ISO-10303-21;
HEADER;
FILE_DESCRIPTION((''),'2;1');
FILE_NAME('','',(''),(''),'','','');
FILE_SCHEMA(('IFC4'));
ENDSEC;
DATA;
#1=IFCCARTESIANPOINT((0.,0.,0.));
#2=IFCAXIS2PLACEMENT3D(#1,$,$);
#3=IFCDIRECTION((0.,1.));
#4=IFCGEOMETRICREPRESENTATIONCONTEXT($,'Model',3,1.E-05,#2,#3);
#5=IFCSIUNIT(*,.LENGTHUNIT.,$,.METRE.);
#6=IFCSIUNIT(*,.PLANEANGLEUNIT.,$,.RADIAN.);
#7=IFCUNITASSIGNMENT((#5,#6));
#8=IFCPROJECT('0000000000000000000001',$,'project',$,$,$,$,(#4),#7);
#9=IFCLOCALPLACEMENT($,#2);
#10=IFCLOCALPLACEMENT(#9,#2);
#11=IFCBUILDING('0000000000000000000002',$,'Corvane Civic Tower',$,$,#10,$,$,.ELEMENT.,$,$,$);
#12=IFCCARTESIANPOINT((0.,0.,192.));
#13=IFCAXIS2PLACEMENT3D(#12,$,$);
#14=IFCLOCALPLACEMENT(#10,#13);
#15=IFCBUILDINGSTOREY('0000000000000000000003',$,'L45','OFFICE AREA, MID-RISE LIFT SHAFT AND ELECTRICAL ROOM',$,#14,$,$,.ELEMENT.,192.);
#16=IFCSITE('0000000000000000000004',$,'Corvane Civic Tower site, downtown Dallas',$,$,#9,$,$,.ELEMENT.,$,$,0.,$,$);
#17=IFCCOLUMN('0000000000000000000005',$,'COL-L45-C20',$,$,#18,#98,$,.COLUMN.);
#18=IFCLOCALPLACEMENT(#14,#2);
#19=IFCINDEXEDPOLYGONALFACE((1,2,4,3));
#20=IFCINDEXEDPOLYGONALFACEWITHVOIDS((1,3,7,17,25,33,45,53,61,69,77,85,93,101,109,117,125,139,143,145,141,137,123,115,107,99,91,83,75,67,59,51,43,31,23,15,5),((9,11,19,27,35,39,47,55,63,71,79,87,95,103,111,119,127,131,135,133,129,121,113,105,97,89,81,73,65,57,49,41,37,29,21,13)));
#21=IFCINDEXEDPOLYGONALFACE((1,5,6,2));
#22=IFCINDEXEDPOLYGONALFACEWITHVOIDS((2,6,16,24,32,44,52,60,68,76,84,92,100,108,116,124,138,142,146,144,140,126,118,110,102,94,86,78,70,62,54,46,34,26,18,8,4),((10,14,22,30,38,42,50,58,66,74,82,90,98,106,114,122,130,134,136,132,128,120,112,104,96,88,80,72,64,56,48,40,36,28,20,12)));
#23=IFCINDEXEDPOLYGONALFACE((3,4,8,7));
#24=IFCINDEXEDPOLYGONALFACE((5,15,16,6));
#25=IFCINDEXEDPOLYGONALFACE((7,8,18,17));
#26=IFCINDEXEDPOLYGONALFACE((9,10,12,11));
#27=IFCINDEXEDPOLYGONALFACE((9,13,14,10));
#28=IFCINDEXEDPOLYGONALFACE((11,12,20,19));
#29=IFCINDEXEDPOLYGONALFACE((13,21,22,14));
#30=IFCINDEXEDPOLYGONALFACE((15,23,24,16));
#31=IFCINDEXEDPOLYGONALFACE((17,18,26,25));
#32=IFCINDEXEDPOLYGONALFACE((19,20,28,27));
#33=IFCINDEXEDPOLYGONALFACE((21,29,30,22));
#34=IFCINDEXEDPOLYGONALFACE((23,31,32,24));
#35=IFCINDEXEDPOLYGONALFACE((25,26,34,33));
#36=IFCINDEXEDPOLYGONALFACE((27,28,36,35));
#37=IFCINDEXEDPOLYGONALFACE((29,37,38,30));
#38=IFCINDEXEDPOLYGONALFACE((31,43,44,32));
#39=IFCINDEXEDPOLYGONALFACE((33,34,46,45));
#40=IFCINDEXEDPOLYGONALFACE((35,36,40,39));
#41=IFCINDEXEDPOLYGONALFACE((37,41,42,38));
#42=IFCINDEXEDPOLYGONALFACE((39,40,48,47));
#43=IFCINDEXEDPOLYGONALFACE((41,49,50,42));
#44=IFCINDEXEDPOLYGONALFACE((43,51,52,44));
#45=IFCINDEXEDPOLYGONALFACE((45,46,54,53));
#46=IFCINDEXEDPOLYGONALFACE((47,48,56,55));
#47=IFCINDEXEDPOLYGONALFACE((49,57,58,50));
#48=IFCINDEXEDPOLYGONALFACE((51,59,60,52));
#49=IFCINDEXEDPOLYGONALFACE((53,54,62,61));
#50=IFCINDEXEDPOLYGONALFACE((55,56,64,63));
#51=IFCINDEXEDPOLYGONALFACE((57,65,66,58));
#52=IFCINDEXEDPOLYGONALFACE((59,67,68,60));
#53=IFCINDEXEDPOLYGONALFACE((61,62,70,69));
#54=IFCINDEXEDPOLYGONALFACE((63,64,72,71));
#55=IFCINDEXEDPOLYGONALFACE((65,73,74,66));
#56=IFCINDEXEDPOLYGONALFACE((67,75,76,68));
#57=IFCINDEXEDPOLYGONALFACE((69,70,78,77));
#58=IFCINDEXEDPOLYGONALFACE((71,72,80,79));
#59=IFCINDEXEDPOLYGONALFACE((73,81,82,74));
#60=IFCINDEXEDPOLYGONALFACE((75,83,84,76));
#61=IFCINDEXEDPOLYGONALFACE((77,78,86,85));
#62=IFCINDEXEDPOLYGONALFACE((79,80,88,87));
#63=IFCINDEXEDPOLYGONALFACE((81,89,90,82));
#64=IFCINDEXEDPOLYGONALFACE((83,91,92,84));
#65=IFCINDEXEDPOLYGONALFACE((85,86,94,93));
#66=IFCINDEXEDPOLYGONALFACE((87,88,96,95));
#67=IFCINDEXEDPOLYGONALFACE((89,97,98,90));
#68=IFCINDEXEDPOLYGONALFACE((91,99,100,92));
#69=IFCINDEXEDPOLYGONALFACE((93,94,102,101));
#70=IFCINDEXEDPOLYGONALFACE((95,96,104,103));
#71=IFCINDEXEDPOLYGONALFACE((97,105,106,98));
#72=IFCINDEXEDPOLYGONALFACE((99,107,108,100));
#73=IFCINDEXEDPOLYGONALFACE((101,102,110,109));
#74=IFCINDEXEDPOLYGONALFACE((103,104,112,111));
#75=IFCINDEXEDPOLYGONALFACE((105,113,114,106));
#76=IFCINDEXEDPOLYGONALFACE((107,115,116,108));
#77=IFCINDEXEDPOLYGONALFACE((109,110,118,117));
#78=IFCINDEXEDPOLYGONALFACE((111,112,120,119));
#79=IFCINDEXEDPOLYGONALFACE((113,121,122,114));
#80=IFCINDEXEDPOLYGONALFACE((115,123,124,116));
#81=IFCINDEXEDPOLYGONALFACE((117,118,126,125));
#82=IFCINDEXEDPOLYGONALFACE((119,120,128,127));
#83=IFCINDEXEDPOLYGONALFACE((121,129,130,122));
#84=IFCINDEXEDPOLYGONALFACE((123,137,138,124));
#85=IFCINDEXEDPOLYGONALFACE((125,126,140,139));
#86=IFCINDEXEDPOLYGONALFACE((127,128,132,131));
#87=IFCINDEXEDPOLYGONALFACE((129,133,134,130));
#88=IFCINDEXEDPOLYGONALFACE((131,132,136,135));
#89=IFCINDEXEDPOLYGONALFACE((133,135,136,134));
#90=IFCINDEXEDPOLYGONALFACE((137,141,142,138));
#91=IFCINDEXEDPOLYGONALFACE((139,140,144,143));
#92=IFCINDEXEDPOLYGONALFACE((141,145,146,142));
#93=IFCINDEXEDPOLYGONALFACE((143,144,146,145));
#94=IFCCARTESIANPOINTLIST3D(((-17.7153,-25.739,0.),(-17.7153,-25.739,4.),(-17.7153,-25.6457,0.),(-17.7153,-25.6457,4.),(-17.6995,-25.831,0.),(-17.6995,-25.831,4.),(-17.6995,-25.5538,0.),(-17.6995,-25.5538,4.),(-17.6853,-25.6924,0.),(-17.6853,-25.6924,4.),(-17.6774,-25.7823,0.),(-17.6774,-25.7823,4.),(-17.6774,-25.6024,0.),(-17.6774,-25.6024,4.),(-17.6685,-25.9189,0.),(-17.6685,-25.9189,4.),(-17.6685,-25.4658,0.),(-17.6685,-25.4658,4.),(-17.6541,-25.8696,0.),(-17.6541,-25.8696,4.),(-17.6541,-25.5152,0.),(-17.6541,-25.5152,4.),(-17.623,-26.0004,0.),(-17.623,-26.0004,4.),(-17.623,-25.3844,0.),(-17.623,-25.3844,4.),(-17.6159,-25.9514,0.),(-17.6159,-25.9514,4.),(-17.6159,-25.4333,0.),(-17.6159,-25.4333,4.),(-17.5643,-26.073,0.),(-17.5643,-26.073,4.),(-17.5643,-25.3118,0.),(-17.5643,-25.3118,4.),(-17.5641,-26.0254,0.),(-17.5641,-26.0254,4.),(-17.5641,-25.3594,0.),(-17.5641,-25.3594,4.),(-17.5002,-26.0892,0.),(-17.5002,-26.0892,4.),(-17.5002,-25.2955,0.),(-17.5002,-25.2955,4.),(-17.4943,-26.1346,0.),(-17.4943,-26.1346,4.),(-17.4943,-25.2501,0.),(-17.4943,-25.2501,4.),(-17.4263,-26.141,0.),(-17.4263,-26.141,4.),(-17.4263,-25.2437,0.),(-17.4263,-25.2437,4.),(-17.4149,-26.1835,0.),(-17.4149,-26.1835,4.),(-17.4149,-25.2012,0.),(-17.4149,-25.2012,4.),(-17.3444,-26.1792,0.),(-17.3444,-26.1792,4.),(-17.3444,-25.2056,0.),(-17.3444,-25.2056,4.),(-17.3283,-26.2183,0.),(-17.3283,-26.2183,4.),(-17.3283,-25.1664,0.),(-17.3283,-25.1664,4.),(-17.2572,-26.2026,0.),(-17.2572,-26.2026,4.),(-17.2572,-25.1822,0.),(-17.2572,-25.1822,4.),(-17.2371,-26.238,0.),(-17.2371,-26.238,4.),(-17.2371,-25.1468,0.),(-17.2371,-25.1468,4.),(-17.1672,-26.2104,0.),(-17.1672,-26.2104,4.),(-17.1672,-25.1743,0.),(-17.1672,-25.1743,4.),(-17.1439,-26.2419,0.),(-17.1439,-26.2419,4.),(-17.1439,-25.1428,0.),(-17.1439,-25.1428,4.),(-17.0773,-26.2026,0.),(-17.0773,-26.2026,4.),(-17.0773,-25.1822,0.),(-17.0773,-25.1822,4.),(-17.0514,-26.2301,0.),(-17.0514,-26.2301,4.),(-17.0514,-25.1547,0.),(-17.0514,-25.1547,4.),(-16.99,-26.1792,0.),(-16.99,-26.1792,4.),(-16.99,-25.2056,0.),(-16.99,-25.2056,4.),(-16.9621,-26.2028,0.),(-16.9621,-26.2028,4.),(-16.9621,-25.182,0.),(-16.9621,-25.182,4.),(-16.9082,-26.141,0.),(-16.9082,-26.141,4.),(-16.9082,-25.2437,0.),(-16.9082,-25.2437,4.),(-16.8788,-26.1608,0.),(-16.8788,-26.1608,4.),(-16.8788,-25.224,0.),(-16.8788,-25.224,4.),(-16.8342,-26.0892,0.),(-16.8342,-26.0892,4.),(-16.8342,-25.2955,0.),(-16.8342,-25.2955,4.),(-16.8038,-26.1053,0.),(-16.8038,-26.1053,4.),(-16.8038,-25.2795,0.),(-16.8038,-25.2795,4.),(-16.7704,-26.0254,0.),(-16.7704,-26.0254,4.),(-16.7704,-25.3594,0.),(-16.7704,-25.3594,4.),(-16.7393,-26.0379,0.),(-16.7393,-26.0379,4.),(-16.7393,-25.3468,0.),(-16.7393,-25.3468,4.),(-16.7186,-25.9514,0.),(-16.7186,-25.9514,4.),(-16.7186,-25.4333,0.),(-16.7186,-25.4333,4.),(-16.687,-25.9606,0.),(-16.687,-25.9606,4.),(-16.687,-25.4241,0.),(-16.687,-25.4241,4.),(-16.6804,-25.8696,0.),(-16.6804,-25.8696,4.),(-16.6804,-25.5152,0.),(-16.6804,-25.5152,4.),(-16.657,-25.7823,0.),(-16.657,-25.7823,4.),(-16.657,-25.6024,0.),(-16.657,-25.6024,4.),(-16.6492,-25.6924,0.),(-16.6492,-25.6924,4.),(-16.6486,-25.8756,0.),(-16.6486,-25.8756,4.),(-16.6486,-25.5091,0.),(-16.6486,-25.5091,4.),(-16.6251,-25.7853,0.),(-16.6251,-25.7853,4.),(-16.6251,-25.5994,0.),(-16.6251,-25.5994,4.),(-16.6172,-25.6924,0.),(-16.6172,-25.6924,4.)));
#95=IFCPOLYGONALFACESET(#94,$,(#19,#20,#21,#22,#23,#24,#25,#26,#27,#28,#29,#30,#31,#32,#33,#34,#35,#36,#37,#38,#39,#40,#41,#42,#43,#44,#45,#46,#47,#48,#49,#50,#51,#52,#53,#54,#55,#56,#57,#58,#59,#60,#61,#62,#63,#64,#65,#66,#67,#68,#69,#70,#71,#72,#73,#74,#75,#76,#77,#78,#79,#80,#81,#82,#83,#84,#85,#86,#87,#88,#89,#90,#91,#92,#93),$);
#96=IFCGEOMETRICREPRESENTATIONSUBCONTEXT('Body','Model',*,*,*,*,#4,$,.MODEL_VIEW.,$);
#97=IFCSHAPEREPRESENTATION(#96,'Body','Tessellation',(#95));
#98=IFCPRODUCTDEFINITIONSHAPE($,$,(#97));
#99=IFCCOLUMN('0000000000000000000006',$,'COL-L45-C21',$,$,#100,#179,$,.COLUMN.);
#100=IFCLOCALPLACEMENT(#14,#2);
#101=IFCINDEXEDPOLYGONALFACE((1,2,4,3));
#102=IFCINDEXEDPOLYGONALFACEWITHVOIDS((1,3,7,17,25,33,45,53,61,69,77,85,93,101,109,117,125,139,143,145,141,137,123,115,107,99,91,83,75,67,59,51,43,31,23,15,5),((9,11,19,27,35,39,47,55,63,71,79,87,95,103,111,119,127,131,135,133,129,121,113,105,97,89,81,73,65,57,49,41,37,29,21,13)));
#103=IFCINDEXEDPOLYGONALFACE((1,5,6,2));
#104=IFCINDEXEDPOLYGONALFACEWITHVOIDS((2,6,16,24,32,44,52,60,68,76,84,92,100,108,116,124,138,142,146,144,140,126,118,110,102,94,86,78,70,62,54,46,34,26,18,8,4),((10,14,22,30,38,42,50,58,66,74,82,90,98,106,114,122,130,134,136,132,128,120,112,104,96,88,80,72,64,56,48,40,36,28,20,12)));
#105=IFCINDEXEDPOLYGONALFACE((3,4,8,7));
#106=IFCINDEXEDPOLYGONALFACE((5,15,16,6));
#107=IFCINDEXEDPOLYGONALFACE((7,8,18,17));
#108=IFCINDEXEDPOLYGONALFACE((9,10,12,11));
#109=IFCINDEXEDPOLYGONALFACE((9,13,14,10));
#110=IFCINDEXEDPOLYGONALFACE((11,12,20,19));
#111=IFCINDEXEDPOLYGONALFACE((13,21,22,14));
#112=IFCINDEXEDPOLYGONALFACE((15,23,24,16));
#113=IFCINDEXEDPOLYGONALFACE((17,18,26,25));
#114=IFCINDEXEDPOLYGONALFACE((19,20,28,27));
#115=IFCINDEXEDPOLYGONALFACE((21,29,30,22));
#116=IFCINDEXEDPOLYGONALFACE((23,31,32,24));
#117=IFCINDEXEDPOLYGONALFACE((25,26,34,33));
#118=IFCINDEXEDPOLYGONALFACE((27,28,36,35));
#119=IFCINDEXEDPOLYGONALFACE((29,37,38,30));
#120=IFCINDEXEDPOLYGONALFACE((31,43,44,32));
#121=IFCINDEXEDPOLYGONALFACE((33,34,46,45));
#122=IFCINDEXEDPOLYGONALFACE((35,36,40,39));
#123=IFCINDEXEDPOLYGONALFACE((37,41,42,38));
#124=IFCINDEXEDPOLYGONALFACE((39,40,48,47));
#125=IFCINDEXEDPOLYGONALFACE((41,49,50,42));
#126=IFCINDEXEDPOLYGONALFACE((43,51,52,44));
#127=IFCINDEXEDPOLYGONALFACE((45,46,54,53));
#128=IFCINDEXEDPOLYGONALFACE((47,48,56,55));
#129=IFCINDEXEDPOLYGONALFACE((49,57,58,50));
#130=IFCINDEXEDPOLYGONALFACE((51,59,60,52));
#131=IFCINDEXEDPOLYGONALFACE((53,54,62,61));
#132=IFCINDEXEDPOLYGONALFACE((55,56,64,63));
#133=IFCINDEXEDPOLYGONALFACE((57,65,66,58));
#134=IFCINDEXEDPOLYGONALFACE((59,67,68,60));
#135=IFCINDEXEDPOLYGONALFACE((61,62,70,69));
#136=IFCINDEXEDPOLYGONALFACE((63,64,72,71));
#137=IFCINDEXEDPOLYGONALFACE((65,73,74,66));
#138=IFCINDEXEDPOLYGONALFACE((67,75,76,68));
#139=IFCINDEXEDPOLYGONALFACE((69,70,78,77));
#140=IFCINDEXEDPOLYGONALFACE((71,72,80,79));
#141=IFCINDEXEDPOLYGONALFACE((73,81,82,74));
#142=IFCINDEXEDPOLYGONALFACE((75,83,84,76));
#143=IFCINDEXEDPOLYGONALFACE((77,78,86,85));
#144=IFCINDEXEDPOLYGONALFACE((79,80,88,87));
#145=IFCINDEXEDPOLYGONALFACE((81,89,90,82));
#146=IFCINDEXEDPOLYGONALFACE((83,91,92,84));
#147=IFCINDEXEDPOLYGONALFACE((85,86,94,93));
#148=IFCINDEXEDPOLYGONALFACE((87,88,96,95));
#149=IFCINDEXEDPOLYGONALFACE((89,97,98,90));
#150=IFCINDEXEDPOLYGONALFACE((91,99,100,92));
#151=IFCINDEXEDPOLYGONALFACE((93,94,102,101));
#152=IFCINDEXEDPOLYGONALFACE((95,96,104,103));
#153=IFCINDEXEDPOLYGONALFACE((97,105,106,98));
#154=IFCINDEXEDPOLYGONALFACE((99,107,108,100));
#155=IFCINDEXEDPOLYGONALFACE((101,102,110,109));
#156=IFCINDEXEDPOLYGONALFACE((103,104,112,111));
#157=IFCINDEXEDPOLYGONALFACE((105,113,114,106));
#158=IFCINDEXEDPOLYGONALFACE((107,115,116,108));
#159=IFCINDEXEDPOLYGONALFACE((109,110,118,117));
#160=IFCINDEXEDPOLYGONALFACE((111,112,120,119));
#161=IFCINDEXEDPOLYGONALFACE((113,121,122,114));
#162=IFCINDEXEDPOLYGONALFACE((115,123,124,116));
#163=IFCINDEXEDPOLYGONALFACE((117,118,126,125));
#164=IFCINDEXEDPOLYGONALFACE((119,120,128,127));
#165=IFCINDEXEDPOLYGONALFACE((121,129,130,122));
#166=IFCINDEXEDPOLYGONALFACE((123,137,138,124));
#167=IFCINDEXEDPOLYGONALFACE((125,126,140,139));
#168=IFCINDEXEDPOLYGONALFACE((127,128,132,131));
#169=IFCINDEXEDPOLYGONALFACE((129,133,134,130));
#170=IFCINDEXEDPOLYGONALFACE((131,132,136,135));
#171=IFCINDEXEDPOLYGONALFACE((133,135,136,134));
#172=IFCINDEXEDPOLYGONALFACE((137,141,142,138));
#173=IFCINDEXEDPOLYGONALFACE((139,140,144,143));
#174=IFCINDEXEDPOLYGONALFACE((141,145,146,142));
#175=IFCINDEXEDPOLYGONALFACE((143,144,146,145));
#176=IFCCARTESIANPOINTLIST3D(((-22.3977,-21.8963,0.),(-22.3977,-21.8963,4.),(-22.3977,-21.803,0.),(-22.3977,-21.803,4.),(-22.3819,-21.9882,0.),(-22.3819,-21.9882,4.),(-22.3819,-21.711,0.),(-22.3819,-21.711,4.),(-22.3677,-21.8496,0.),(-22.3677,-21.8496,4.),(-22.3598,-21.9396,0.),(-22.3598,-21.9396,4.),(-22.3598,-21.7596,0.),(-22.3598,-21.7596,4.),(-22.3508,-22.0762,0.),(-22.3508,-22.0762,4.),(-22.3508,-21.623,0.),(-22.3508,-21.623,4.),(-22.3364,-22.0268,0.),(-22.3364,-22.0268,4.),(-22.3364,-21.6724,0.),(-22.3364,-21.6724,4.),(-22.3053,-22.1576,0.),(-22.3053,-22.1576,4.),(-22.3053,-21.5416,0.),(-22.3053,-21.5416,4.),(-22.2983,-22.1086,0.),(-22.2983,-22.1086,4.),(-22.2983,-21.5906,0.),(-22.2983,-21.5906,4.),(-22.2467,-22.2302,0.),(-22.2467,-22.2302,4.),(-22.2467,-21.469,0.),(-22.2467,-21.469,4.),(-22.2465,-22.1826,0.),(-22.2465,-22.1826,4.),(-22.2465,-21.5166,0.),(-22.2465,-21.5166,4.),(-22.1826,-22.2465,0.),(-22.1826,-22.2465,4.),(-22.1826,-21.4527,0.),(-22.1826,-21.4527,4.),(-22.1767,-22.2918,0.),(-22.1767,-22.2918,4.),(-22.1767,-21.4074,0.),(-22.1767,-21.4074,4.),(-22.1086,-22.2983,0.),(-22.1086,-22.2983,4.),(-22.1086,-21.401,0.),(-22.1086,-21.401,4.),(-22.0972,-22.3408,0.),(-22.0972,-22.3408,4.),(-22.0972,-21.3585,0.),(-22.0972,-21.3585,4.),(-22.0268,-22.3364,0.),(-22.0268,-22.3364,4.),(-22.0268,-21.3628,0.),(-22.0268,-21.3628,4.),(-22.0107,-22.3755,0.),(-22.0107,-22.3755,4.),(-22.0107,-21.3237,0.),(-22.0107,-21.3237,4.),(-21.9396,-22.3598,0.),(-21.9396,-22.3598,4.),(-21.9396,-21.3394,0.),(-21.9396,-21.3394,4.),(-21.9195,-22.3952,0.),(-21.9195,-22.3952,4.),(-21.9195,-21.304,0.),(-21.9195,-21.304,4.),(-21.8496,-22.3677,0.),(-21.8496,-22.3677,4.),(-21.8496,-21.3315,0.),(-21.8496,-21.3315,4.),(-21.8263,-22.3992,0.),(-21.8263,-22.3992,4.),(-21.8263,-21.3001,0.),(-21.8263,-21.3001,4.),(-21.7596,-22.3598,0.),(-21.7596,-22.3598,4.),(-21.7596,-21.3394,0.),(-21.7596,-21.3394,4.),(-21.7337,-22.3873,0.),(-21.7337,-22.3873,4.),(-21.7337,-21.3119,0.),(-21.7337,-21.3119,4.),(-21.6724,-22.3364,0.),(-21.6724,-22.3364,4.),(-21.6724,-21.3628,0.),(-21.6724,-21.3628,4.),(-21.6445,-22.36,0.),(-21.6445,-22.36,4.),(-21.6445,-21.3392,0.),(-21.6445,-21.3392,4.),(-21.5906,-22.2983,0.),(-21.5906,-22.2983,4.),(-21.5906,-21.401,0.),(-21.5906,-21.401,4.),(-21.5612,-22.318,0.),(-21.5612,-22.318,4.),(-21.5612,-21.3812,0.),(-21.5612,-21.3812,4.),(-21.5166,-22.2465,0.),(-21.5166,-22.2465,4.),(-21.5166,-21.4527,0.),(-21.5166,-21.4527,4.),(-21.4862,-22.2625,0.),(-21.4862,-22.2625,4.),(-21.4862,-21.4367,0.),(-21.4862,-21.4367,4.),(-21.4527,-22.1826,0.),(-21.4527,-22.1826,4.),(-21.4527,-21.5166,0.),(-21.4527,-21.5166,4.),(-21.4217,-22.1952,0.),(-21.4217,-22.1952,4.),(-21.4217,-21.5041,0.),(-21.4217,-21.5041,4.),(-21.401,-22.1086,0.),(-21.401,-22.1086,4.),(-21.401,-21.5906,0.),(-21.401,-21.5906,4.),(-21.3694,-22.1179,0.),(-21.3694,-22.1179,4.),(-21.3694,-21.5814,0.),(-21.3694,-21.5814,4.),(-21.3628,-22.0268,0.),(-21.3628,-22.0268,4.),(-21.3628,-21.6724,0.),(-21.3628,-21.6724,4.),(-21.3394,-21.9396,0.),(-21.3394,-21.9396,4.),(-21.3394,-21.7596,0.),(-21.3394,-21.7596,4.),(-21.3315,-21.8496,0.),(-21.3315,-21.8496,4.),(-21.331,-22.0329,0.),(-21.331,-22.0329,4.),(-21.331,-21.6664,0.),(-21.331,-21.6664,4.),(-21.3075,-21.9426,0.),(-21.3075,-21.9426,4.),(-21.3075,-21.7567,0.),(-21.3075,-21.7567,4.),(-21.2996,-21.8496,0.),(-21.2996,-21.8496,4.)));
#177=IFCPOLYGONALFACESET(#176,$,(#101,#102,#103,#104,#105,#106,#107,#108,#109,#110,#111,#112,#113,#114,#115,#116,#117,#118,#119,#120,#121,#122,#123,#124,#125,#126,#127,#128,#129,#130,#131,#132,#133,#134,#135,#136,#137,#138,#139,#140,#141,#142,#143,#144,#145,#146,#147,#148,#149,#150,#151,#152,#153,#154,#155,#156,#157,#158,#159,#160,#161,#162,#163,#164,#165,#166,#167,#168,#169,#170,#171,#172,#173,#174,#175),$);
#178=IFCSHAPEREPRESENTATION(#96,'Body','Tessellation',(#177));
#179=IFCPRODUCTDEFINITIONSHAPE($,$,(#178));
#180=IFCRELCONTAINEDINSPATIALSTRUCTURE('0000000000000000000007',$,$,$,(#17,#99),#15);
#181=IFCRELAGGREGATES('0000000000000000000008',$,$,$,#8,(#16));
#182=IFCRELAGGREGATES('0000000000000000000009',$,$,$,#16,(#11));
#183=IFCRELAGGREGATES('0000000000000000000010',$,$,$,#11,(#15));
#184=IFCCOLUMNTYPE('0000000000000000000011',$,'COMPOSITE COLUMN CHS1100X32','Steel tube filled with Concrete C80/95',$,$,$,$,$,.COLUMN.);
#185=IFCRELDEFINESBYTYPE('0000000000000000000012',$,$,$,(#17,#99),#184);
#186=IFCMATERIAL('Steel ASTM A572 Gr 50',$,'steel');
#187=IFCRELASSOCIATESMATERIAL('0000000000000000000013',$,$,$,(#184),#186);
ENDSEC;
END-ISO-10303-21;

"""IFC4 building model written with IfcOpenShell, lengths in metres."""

from ifc_helpers import new_model, si_unit, direction, frame, origin, origin_2d, place, context, subcontext, project, spatial, hollow_circle, extrude, material, material_profile, profile_set, type_object, element, save


model = new_model("IFC4")

# Units and contexts
model_context = context("Model", 3, precision=1e-05, world=origin(), true_north=direction((0.0, 1.0)))
body_context = subcontext(model_context, "Body", "Model", "MODEL_VIEW")
ifc_project = project(units=[si_unit("LENGTHUNIT", "METRE"), si_unit("PLANEANGLEUNIT", "RADIAN")], contexts=[model_context])

# Site, building, storey
site_placement = place(None, origin())
site = spatial("IfcSite", under=ifc_project, at=site_placement, Name="Corvane Civic Tower site, downtown Dallas", CompositionType="ELEMENT", RefElevation=0.0)
building_placement = place(site_placement, origin())
building = spatial("IfcBuilding", under=site, at=building_placement, Name="Corvane Civic Tower", CompositionType="ELEMENT")
storey_placement = place(building_placement, frame((0.0, 0.0, 192.0)))
storey = spatial("IfcBuildingStorey", under=building, at=storey_placement, Name="L45", Description="OFFICE AREA, MID-RISE LIFT SHAFT AND ELECTRICAL ROOM", CompositionType="ELEMENT", Elevation=192.0)

# Columns
ifc_material_1 = material(Name="Steel ASTM A572 Gr 50", Category="steel")
ifc_material_profile_1 = material_profile(ifc_material_1, hollow_circle(Radius=0.55, WallThickness=0.032, at=origin_2d()), Name="CHS1100X32")
ifc_profile_set_1 = profile_set([ifc_material_profile_1], Name="Steel ASTM A572 Gr 50")
column_type = type_object("IfcColumnType", Name="COMPOSITE COLUMN CHS1100X32", Description="Steel tube filled with Concrete C80/95", PredefinedType="COLUMN", material=ifc_profile_set_1)
for number, where, z_axis, x_axis, name in (
    (1, (-17.1672, -25.6924, 0.0), (0.0, 0.0, 1.0), (1.0, 0.0, 0.0), "COL-L45-C20"),
    (2, (-21.8496, -21.8496, 0.0), (0.0, 0.0, 1.0), (1.0, 0.0, 0.0), "COL-L45-C21"),
):
    element("IfcColumn", number, at=place(storey_placement, frame(where, z_axis=z_axis, x_axis=x_axis)), inside=storey, type_object=column_type, Name=name, PredefinedType="COLUMN", context=body_context, shape_type="SweptSolid", body=[
        extrude(hollow_circle(Radius=0.55, WallThickness=0.032, at=origin_2d()), origin(), (0.0, 0.0, 1.0), 4.0),
    ])

save(model, "model.ifc")
